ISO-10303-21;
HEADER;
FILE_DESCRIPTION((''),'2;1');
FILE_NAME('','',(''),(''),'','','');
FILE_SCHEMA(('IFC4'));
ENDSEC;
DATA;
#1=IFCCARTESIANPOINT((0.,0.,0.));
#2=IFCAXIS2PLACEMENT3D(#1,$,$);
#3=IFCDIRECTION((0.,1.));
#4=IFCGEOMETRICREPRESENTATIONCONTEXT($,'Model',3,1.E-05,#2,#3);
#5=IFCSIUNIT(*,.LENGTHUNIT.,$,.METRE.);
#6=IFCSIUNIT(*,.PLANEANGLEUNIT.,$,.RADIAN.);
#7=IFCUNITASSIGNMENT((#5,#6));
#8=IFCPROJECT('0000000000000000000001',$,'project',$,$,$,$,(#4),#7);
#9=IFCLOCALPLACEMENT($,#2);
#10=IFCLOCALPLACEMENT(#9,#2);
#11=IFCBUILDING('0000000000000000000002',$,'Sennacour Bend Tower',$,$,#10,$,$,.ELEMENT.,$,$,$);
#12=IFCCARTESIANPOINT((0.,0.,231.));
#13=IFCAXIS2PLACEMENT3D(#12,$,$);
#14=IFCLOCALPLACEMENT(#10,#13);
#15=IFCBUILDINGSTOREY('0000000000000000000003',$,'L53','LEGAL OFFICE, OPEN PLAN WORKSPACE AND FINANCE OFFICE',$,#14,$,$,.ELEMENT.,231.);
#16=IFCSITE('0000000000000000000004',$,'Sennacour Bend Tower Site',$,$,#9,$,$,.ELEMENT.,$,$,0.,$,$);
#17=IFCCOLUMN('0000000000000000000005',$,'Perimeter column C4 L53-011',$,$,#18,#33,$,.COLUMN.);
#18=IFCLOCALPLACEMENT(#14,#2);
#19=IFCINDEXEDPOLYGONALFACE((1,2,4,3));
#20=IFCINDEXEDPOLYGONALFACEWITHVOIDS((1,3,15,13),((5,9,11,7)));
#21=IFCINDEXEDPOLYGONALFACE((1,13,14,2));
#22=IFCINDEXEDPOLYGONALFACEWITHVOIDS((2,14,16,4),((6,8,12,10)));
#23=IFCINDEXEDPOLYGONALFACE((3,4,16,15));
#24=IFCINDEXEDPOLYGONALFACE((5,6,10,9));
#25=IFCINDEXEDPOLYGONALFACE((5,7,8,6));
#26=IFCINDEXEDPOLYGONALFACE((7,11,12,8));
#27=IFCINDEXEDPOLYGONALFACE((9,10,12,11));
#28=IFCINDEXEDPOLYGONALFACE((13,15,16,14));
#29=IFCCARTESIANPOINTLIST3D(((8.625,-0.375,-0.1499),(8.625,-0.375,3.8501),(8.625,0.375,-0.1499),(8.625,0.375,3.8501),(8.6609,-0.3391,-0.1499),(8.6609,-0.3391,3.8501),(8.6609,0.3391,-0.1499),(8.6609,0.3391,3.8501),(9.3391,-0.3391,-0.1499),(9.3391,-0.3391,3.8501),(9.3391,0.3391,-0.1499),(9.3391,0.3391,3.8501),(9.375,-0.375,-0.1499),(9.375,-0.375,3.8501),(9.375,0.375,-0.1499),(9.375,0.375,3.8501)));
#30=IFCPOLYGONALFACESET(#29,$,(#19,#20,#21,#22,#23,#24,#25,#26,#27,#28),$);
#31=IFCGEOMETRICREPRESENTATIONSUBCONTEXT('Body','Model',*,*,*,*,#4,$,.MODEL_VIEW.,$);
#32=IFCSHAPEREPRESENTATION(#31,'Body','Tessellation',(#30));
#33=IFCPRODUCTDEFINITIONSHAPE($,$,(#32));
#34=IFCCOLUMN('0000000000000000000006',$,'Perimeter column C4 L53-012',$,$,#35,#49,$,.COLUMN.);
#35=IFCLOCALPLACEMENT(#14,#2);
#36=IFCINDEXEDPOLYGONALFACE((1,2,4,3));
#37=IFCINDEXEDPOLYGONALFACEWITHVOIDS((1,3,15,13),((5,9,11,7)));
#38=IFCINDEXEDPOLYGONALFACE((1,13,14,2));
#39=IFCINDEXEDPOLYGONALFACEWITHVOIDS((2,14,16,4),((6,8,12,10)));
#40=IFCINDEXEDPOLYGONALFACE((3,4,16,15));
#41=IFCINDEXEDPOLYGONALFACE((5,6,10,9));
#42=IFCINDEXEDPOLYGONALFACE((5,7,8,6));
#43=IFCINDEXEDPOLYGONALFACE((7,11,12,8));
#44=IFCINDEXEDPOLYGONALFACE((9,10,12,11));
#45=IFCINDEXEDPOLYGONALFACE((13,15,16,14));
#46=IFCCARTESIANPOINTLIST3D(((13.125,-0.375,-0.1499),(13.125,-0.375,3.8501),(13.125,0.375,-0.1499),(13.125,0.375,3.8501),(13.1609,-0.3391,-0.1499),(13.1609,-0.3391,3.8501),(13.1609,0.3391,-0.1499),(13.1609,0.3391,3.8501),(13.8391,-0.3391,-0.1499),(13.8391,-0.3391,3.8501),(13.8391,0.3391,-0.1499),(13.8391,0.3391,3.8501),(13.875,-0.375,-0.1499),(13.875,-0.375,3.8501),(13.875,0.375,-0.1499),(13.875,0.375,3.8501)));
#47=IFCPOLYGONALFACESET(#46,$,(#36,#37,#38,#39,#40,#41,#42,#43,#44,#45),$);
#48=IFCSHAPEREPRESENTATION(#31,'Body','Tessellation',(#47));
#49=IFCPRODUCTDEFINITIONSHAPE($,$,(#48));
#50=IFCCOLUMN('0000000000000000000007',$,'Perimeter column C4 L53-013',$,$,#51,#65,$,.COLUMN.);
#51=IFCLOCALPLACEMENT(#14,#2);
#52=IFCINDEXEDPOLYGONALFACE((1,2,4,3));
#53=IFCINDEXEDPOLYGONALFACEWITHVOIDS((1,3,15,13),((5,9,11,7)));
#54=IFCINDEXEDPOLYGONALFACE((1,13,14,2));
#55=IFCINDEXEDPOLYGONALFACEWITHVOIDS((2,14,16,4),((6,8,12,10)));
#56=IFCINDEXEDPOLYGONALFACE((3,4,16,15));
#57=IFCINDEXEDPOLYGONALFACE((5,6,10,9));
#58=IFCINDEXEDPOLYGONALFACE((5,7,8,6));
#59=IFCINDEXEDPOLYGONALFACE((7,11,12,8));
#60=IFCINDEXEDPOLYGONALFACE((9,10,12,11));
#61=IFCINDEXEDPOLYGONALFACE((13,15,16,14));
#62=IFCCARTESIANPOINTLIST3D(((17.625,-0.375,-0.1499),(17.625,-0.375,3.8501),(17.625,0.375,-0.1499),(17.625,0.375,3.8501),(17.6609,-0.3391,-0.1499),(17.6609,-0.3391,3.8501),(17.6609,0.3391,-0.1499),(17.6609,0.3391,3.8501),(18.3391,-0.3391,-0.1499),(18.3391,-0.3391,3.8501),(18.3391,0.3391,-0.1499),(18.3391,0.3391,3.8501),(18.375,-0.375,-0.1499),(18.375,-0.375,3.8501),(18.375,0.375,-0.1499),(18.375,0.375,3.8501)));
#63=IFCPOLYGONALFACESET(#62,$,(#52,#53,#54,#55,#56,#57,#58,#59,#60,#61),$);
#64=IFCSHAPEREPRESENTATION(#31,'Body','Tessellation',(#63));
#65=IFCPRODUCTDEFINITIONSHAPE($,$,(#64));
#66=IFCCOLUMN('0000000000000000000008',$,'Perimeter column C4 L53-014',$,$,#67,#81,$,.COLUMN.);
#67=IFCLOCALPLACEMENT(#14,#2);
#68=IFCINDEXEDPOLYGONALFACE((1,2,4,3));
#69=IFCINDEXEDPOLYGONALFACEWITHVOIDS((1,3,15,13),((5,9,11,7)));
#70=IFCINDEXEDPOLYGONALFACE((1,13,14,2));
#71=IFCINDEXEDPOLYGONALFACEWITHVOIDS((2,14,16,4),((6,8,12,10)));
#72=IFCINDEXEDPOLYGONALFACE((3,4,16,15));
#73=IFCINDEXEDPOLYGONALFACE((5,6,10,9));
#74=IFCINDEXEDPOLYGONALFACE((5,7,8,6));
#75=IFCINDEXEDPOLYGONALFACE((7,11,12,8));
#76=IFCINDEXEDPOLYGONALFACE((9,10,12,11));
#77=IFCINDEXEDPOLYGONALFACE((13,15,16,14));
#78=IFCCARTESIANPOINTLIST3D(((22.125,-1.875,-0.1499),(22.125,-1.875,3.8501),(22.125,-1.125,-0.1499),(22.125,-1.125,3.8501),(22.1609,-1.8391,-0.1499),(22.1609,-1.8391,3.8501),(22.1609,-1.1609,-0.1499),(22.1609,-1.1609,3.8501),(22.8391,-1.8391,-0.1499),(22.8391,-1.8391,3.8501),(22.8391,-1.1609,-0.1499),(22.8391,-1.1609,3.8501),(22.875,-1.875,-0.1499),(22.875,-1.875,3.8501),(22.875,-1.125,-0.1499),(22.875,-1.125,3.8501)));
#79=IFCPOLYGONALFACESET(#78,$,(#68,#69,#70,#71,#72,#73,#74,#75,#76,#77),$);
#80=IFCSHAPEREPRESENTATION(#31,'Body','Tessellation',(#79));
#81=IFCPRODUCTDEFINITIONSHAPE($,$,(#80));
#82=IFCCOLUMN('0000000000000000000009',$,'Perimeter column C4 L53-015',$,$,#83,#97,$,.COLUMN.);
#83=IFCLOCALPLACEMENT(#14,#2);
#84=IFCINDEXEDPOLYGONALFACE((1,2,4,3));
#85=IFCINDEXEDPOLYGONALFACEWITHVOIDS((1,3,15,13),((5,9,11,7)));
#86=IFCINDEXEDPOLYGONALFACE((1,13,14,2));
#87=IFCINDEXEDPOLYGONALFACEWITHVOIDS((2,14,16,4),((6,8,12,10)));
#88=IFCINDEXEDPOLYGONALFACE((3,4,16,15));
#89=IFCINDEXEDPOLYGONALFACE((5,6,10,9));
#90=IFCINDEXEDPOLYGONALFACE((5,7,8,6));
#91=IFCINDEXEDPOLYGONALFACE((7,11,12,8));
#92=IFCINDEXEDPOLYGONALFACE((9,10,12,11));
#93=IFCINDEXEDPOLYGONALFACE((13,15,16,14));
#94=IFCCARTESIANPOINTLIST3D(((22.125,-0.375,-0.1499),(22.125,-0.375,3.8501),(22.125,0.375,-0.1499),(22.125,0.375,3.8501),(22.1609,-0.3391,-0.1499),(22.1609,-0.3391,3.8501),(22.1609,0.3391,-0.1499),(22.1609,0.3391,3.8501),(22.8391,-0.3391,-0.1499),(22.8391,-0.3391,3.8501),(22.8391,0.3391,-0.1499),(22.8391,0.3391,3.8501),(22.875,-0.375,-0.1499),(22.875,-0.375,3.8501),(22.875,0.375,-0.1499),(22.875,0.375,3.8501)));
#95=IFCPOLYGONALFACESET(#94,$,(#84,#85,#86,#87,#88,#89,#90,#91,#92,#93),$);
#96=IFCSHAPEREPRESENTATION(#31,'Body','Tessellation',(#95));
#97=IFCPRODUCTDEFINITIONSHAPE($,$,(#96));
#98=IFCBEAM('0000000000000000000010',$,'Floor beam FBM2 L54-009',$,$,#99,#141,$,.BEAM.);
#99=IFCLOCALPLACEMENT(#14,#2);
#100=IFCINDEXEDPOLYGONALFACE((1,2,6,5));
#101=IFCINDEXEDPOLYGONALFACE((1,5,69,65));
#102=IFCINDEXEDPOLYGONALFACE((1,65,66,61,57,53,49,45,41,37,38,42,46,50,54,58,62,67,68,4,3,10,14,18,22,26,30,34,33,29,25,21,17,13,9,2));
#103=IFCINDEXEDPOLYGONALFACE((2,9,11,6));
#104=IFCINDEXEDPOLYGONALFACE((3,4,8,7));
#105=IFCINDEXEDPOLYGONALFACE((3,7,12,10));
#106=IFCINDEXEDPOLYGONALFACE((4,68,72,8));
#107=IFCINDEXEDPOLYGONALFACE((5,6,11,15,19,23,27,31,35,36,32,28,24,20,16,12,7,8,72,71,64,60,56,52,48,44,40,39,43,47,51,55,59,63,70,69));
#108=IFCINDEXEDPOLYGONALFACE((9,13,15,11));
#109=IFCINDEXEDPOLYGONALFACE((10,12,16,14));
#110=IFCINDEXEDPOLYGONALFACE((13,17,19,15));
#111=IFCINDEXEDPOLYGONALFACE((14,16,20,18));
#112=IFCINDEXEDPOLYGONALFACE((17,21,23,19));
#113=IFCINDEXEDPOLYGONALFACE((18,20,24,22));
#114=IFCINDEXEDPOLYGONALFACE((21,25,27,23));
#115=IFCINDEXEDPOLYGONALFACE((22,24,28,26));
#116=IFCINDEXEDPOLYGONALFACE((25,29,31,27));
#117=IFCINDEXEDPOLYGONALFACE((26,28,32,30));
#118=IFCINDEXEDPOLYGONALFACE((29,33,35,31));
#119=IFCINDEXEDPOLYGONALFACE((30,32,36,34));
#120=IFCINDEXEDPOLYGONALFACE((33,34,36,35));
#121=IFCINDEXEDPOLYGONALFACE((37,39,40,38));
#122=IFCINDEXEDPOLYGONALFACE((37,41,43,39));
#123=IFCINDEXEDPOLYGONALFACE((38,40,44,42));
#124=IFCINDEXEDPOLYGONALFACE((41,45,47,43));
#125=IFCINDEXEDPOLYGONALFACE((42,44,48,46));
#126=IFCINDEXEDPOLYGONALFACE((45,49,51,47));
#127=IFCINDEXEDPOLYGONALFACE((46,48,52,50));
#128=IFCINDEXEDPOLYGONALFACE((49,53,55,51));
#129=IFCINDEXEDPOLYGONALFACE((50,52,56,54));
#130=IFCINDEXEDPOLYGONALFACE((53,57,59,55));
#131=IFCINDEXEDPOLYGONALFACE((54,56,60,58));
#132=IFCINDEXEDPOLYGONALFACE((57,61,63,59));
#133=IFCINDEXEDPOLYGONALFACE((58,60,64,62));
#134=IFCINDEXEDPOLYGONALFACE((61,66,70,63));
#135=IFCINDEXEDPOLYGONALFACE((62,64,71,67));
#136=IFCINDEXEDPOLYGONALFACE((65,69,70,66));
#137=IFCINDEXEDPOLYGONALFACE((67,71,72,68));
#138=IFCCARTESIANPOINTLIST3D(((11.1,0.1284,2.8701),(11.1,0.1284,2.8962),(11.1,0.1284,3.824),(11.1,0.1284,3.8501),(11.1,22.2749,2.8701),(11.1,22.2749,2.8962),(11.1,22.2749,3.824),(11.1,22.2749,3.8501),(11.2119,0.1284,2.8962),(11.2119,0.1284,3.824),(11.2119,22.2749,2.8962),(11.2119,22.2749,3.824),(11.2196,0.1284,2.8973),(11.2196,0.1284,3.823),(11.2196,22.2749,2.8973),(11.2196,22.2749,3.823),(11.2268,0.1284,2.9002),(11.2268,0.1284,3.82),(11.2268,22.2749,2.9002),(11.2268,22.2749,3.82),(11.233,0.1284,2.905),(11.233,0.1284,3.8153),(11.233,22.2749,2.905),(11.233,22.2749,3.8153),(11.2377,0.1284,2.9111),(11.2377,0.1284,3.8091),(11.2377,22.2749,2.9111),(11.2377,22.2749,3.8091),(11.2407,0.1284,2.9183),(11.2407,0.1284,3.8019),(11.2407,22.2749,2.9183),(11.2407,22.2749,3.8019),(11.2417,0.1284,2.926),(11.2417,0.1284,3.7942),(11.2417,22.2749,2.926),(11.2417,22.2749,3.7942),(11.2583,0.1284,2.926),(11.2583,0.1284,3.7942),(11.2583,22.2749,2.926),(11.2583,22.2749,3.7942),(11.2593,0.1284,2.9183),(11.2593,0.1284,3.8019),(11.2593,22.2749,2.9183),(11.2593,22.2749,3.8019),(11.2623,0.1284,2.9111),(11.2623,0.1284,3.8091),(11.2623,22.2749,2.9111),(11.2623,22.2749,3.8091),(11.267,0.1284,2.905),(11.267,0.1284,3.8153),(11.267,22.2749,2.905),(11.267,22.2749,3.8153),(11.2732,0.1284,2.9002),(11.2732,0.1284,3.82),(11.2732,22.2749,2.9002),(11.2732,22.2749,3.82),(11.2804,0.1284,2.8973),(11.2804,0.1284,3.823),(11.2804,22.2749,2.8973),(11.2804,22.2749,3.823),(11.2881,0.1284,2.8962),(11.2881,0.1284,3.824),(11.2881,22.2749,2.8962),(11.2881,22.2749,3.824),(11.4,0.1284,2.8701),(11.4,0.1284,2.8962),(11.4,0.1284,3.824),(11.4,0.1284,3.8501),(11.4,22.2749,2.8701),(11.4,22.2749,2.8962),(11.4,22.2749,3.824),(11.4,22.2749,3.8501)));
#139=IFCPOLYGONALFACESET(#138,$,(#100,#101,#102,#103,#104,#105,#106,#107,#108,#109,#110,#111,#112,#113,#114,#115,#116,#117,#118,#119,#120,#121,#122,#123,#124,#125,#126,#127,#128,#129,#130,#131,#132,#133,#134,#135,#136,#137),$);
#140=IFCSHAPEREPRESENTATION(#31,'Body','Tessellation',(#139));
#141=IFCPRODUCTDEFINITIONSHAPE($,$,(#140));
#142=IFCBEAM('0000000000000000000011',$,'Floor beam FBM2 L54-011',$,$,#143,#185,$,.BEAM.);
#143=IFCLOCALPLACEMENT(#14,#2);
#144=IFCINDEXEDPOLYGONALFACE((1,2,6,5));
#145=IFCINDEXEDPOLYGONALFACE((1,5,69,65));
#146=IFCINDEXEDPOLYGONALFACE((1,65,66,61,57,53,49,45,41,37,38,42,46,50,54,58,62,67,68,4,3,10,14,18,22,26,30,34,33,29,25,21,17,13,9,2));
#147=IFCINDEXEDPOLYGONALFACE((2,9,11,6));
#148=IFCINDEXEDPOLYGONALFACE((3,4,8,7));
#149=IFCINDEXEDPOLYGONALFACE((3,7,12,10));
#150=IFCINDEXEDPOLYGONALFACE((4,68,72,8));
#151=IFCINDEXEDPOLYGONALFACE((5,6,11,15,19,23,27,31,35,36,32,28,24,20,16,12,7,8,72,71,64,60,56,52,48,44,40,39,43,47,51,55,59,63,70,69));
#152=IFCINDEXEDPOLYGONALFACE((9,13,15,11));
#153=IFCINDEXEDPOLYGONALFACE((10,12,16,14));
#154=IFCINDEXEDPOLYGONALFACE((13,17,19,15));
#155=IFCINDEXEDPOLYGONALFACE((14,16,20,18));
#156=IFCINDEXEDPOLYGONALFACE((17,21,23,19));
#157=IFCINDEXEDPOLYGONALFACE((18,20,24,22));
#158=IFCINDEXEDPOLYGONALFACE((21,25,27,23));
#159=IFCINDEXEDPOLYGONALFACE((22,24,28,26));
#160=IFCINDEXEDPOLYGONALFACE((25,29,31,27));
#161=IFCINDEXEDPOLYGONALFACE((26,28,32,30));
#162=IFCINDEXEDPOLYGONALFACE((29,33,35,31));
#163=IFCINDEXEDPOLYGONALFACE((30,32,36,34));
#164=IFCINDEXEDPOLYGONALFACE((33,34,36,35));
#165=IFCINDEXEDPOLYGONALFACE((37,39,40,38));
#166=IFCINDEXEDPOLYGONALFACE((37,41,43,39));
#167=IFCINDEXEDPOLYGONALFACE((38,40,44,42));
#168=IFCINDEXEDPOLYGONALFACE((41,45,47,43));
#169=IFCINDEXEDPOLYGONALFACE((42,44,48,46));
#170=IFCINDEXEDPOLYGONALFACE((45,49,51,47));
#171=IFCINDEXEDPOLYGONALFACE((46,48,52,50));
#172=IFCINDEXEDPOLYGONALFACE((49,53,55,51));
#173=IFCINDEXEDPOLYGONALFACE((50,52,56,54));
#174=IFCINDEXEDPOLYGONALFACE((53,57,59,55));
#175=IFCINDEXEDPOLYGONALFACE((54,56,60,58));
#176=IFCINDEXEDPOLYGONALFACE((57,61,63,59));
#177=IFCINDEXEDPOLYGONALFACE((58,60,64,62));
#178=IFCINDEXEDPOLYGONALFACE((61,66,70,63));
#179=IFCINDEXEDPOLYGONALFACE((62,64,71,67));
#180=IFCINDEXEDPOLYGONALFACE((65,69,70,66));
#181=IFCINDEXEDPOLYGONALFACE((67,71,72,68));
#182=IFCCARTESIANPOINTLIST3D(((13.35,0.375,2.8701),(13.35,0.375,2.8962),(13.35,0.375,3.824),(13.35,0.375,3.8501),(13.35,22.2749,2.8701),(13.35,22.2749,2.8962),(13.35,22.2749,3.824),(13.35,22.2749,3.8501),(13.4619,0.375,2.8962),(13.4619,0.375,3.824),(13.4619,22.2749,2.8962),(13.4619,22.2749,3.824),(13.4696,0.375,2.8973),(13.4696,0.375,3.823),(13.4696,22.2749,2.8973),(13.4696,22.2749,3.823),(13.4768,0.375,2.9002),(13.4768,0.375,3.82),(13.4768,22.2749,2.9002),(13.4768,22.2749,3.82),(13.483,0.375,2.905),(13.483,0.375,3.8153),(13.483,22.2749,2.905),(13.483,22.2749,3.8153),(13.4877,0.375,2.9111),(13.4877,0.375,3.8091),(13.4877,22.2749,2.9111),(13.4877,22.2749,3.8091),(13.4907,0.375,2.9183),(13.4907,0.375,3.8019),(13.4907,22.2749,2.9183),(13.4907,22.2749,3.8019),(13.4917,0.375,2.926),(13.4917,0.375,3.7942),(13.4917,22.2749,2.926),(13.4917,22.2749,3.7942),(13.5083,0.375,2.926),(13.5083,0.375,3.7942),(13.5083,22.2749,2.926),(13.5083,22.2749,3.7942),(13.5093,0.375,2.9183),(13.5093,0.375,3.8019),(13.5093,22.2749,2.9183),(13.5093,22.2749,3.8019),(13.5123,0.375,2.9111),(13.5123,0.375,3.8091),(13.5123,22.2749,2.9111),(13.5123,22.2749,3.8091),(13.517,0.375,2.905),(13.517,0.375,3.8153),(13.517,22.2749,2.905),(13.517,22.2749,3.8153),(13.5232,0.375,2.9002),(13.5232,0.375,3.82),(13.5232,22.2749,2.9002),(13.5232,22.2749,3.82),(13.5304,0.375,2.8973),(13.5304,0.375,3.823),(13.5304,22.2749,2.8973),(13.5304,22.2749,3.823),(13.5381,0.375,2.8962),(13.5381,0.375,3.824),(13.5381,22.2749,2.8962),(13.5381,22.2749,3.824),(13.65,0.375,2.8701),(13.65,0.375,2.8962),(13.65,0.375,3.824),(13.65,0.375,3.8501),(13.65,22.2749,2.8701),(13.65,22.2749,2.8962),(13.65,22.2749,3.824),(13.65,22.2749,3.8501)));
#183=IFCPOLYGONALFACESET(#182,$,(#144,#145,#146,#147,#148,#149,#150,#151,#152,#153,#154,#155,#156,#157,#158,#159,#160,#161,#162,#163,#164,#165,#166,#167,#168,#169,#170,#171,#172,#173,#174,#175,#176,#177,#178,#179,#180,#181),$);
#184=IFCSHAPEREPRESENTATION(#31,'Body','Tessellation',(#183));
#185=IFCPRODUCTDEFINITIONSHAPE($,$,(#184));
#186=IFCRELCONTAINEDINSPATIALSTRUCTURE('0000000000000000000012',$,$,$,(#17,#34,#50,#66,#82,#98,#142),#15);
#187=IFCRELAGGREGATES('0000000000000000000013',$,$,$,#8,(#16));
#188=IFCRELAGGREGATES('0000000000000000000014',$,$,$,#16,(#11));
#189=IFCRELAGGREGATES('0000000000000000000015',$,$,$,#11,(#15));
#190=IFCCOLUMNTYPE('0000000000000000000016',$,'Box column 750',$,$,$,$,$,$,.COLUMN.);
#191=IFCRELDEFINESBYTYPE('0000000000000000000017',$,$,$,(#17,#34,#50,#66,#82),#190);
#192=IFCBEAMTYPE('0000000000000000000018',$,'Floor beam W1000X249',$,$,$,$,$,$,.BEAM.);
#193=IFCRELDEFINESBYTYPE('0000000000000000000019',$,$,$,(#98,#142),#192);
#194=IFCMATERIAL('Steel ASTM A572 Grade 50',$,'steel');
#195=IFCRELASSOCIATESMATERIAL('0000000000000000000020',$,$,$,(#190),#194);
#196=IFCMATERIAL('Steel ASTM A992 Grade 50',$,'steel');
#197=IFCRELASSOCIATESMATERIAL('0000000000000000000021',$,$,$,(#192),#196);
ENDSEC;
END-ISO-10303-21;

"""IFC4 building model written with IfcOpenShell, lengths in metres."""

from ifc_helpers import new_model, si_unit, direction, frame, origin, origin_2d, place, context, subcontext, project, spatial, hollow_rectangle, i_section, extrude, material, material_profile, profile_set, type_object, element, save


model = new_model("IFC4")

# Units and contexts
model_context = context("Model", 3, precision=1e-05, world=origin(), true_north=direction((0.0, 1.0)))
body_context = subcontext(model_context, "Body", "Model", "MODEL_VIEW")
ifc_project = project(units=[si_unit("LENGTHUNIT", "METRE"), si_unit("PLANEANGLEUNIT", "RADIAN")], contexts=[model_context])

# Site, building, storey
site_placement = place(None, origin())
site = spatial("IfcSite", under=ifc_project, at=site_placement, Name="Sennacour Bend Tower Site", CompositionType="ELEMENT", RefElevation=0.0)
building_placement = place(site_placement, origin())
building = spatial("IfcBuilding", under=site, at=building_placement, Name="Sennacour Bend Tower", CompositionType="ELEMENT")
storey_placement = place(building_placement, frame((0.0, 0.0, 231.0)))
storey = spatial("IfcBuildingStorey", under=building, at=storey_placement, Name="L53", Description="LEGAL OFFICE, OPEN PLAN WORKSPACE AND FINANCE OFFICE", CompositionType="ELEMENT", Elevation=231.0)

# Columns
ifc_material_1 = material(Name="Steel ASTM A572 Grade 50", Category="steel")
ifc_material_profile_1 = material_profile(ifc_material_1, hollow_rectangle(XDim=0.75, YDim=0.75, WallThickness=0.0359, at=origin_2d()), Name="Steel ASTM A572 Grade 50", Category="steel")
ifc_profile_set_1 = profile_set([ifc_material_profile_1], Name="Steel ASTM A572 Grade 50")
column_type = type_object("IfcColumnType", Name="Box column 750", PredefinedType="COLUMN", material=ifc_profile_set_1)
for number, where, z_axis, x_axis, name in (
    (1, (9.0, 0.0, -0.1499), (0.0, 0.0, 1.0), (1.0, 0.0, 0.0), "Perimeter column C4 L53-011"),
    (2, (13.5, 0.0, -0.1499), (0.0, 0.0, 1.0), (1.0, 0.0, 0.0), "Perimeter column C4 L53-012"),
    (3, (18.0, 0.0, -0.1499), (0.0, 0.0, 1.0), (1.0, 0.0, 0.0), "Perimeter column C4 L53-013"),
    (4, (22.5, -1.5, -0.1499), (0.0, 0.0, 1.0), (1.0, 0.0, 0.0), "Perimeter column C4 L53-014"),
    (5, (22.5, 0.0, -0.1499), (0.0, 0.0, 1.0), (1.0, 0.0, 0.0), "Perimeter column C4 L53-015"),
):
    element("IfcColumn", number, at=place(storey_placement, frame(where, z_axis=z_axis, x_axis=x_axis)), inside=storey, type_object=column_type, Name=name, PredefinedType="COLUMN", context=body_context, shape_type="SweptSolid", body=[
        extrude(hollow_rectangle(XDim=0.75, YDim=0.75, WallThickness=0.0359, at=origin_2d()), origin(), (0.0, 0.0, 1.0), 4.0),
    ])

# Beams
ifc_material_2 = material(Name="Steel ASTM A992 Grade 50", Category="steel")
ifc_material_profile_2 = material_profile(ifc_material_2, i_section(OverallWidth=0.3, OverallDepth=0.98, WebThickness=0.0166, FlangeThickness=0.0261, FilletRadius=0.0298, at=origin_2d()), Name="Steel ASTM A992 Grade 50", Category="steel")
ifc_profile_set_2 = profile_set([ifc_material_profile_2], Name="Steel ASTM A992 Grade 50")
beam_type_1 = type_object("IfcBeamType", Name="Floor beam W1000X249", PredefinedType="BEAM", material=ifc_profile_set_2)
beam_1_placement = place(storey_placement, frame((11.25, 0.1284, 3.3601), z_axis=(0.0, 1.0, 0.0), x_axis=(-1.0, 0.0, 0.0)))
element("IfcBeam", 6, at=beam_1_placement, inside=storey, type_object=beam_type_1, Name="Floor beam FBM2 L54-009", PredefinedType="BEAM", context=body_context, shape_type="SweptSolid", body=[
    extrude(i_section(OverallWidth=0.3, OverallDepth=0.98, WebThickness=0.0166, FlangeThickness=0.0261, FilletRadius=0.0298, at=origin_2d()), origin(), (0.0, 0.0, 1.0), 22.1465),
])
beam_2_placement = place(storey_placement, frame((13.5, 0.375, 3.3601), z_axis=(0.0, 1.0, 0.0), x_axis=(-1.0, 0.0, 0.0)))
element("IfcBeam", 7, at=beam_2_placement, inside=storey, type_object=beam_type_1, Name="Floor beam FBM2 L54-011", PredefinedType="BEAM", context=body_context, shape_type="SweptSolid", body=[
    extrude(i_section(OverallWidth=0.3, OverallDepth=0.98, WebThickness=0.0166, FlangeThickness=0.0261, FilletRadius=0.0298, at=origin_2d()), origin(), (0.0, 0.0, 1.0), 21.8999),
])

save(model, "model.ifc")
